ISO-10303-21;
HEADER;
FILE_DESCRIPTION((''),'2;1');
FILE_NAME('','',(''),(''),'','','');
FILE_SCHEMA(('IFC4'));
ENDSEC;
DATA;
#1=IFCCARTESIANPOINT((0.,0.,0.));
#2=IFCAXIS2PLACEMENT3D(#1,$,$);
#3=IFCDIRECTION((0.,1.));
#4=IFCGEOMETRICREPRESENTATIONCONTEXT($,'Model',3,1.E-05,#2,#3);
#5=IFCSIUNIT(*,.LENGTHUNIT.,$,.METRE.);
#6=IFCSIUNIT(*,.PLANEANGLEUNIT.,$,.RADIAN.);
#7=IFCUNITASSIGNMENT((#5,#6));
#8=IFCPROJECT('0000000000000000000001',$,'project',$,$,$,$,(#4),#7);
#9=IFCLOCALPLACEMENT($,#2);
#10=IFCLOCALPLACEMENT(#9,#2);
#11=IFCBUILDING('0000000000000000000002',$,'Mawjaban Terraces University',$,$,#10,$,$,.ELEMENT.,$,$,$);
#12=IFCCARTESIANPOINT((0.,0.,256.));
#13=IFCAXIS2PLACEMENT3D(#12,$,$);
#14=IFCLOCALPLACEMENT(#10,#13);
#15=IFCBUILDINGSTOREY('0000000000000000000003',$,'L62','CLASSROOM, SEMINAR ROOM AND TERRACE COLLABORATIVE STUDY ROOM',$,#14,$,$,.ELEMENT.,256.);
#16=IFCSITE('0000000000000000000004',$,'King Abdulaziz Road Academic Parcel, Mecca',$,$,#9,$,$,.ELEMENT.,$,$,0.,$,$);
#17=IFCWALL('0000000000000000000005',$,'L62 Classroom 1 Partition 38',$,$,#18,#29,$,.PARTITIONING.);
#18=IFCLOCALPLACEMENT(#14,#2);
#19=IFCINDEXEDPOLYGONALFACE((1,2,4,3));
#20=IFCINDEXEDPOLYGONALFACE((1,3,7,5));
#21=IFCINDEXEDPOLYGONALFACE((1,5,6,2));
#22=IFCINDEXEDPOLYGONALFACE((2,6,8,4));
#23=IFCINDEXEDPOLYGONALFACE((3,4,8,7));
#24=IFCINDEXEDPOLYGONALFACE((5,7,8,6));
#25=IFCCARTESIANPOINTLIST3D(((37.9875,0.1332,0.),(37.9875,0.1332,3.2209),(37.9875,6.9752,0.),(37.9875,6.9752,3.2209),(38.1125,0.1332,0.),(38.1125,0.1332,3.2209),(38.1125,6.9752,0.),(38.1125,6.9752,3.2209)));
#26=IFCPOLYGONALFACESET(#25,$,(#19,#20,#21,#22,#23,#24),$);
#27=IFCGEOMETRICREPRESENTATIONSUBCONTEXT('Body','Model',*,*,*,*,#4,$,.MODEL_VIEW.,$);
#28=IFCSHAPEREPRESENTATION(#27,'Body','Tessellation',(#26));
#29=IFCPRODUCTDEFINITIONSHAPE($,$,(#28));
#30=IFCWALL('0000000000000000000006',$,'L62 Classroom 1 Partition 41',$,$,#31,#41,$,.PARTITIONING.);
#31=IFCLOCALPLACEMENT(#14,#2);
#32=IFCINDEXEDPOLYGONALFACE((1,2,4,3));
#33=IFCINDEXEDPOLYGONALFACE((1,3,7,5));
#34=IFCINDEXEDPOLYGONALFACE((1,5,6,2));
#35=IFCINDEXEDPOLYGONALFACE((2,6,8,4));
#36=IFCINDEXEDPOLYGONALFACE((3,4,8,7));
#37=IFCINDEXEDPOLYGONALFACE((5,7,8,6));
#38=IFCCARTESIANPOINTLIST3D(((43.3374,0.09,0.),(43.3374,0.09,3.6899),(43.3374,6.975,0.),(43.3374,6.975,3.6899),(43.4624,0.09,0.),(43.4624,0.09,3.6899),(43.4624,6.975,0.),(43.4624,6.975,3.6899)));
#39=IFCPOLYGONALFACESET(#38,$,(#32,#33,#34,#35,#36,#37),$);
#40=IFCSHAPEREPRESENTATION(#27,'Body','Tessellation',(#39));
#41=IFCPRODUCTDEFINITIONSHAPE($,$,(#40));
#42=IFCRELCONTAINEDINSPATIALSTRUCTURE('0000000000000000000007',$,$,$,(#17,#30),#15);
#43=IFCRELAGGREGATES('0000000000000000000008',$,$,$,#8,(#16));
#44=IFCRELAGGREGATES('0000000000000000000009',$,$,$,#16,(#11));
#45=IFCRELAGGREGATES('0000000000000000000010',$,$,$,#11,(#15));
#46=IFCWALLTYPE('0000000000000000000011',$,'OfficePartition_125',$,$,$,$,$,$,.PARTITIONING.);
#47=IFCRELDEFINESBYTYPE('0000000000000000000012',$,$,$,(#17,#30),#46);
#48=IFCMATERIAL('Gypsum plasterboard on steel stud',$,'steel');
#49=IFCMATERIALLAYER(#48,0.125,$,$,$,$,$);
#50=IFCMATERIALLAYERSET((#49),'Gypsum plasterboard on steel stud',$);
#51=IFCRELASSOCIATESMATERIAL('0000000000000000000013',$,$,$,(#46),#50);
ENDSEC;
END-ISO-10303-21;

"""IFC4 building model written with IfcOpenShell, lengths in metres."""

from ifc_helpers import new_model, si_unit, direction, frame, frame_2d, origin, place, context, subcontext, project, spatial, rectangle, extrude, material, layer, layer_set, type_object, element, save


model = new_model("IFC4")

# Units and contexts
model_context = context("Model", 3, precision=1e-05, world=origin(), true_north=direction((0.0, 1.0)))
body_context = subcontext(model_context, "Body", "Model", "MODEL_VIEW")
ifc_project = project(units=[si_unit("LENGTHUNIT", "METRE"), si_unit("PLANEANGLEUNIT", "RADIAN")], contexts=[model_context])

# Site, building, storey
site_placement = place(None, origin())
site = spatial("IfcSite", under=ifc_project, at=site_placement, Name="King Abdulaziz Road Academic Parcel, Mecca", CompositionType="ELEMENT", RefElevation=0.0)
building_placement = place(site_placement, origin())
building = spatial("IfcBuilding", under=site, at=building_placement, Name="Mawjaban Terraces University", CompositionType="ELEMENT")
storey_placement = place(building_placement, frame((0.0, 0.0, 256.0)))
storey = spatial("IfcBuildingStorey", under=building, at=storey_placement, Name="L62", Description="CLASSROOM, SEMINAR ROOM AND TERRACE COLLABORATIVE STUDY ROOM", CompositionType="ELEMENT", Elevation=256.0)

# Walls
ifc_material_1 = material(Name="Gypsum plasterboard on steel stud", Category="steel")
ifc_layer_1 = layer(ifc_material_1, 0.125)
ifc_layer_set_1 = layer_set([ifc_layer_1], Name="Gypsum plasterboard on steel stud")
wall_type_1 = type_object("IfcWallType", Name="OfficePartition_125", PredefinedType="PARTITIONING", material=ifc_layer_set_1)
wall_1_placement = place(storey_placement, frame((38.05, 6.9751, 0.0), z_axis=(0.0, 0.0, 1.0), x_axis=(0.0, -1.0, 0.0)))
element("IfcWall", 1, at=wall_1_placement, inside=storey, type_object=wall_type_1, Name="L62 Classroom 1 Partition 38", PredefinedType="PARTITIONING", context=body_context, shape_type="SweptSolid", body=[
    extrude(rectangle(XDim=6.842, YDim=0.125, at=frame_2d((3.4209, 0.0))), origin(), (0.0, 0.0, 1.0), 3.2209),
])
wall_2_placement = place(storey_placement, frame((43.3999, 0.0901, 0.0), z_axis=(0.0, 0.0, 1.0), x_axis=(0.0, 1.0, 0.0)))
element("IfcWall", 2, at=wall_2_placement, inside=storey, type_object=wall_type_1, Name="L62 Classroom 1 Partition 41", PredefinedType="PARTITIONING", context=body_context, shape_type="SweptSolid", body=[
    extrude(rectangle(XDim=6.885, YDim=0.125, at=frame_2d((3.4424, 0.0))), origin(), (0.0, 0.0, 1.0), 3.6899),
])

save(model, "model.ifc")
